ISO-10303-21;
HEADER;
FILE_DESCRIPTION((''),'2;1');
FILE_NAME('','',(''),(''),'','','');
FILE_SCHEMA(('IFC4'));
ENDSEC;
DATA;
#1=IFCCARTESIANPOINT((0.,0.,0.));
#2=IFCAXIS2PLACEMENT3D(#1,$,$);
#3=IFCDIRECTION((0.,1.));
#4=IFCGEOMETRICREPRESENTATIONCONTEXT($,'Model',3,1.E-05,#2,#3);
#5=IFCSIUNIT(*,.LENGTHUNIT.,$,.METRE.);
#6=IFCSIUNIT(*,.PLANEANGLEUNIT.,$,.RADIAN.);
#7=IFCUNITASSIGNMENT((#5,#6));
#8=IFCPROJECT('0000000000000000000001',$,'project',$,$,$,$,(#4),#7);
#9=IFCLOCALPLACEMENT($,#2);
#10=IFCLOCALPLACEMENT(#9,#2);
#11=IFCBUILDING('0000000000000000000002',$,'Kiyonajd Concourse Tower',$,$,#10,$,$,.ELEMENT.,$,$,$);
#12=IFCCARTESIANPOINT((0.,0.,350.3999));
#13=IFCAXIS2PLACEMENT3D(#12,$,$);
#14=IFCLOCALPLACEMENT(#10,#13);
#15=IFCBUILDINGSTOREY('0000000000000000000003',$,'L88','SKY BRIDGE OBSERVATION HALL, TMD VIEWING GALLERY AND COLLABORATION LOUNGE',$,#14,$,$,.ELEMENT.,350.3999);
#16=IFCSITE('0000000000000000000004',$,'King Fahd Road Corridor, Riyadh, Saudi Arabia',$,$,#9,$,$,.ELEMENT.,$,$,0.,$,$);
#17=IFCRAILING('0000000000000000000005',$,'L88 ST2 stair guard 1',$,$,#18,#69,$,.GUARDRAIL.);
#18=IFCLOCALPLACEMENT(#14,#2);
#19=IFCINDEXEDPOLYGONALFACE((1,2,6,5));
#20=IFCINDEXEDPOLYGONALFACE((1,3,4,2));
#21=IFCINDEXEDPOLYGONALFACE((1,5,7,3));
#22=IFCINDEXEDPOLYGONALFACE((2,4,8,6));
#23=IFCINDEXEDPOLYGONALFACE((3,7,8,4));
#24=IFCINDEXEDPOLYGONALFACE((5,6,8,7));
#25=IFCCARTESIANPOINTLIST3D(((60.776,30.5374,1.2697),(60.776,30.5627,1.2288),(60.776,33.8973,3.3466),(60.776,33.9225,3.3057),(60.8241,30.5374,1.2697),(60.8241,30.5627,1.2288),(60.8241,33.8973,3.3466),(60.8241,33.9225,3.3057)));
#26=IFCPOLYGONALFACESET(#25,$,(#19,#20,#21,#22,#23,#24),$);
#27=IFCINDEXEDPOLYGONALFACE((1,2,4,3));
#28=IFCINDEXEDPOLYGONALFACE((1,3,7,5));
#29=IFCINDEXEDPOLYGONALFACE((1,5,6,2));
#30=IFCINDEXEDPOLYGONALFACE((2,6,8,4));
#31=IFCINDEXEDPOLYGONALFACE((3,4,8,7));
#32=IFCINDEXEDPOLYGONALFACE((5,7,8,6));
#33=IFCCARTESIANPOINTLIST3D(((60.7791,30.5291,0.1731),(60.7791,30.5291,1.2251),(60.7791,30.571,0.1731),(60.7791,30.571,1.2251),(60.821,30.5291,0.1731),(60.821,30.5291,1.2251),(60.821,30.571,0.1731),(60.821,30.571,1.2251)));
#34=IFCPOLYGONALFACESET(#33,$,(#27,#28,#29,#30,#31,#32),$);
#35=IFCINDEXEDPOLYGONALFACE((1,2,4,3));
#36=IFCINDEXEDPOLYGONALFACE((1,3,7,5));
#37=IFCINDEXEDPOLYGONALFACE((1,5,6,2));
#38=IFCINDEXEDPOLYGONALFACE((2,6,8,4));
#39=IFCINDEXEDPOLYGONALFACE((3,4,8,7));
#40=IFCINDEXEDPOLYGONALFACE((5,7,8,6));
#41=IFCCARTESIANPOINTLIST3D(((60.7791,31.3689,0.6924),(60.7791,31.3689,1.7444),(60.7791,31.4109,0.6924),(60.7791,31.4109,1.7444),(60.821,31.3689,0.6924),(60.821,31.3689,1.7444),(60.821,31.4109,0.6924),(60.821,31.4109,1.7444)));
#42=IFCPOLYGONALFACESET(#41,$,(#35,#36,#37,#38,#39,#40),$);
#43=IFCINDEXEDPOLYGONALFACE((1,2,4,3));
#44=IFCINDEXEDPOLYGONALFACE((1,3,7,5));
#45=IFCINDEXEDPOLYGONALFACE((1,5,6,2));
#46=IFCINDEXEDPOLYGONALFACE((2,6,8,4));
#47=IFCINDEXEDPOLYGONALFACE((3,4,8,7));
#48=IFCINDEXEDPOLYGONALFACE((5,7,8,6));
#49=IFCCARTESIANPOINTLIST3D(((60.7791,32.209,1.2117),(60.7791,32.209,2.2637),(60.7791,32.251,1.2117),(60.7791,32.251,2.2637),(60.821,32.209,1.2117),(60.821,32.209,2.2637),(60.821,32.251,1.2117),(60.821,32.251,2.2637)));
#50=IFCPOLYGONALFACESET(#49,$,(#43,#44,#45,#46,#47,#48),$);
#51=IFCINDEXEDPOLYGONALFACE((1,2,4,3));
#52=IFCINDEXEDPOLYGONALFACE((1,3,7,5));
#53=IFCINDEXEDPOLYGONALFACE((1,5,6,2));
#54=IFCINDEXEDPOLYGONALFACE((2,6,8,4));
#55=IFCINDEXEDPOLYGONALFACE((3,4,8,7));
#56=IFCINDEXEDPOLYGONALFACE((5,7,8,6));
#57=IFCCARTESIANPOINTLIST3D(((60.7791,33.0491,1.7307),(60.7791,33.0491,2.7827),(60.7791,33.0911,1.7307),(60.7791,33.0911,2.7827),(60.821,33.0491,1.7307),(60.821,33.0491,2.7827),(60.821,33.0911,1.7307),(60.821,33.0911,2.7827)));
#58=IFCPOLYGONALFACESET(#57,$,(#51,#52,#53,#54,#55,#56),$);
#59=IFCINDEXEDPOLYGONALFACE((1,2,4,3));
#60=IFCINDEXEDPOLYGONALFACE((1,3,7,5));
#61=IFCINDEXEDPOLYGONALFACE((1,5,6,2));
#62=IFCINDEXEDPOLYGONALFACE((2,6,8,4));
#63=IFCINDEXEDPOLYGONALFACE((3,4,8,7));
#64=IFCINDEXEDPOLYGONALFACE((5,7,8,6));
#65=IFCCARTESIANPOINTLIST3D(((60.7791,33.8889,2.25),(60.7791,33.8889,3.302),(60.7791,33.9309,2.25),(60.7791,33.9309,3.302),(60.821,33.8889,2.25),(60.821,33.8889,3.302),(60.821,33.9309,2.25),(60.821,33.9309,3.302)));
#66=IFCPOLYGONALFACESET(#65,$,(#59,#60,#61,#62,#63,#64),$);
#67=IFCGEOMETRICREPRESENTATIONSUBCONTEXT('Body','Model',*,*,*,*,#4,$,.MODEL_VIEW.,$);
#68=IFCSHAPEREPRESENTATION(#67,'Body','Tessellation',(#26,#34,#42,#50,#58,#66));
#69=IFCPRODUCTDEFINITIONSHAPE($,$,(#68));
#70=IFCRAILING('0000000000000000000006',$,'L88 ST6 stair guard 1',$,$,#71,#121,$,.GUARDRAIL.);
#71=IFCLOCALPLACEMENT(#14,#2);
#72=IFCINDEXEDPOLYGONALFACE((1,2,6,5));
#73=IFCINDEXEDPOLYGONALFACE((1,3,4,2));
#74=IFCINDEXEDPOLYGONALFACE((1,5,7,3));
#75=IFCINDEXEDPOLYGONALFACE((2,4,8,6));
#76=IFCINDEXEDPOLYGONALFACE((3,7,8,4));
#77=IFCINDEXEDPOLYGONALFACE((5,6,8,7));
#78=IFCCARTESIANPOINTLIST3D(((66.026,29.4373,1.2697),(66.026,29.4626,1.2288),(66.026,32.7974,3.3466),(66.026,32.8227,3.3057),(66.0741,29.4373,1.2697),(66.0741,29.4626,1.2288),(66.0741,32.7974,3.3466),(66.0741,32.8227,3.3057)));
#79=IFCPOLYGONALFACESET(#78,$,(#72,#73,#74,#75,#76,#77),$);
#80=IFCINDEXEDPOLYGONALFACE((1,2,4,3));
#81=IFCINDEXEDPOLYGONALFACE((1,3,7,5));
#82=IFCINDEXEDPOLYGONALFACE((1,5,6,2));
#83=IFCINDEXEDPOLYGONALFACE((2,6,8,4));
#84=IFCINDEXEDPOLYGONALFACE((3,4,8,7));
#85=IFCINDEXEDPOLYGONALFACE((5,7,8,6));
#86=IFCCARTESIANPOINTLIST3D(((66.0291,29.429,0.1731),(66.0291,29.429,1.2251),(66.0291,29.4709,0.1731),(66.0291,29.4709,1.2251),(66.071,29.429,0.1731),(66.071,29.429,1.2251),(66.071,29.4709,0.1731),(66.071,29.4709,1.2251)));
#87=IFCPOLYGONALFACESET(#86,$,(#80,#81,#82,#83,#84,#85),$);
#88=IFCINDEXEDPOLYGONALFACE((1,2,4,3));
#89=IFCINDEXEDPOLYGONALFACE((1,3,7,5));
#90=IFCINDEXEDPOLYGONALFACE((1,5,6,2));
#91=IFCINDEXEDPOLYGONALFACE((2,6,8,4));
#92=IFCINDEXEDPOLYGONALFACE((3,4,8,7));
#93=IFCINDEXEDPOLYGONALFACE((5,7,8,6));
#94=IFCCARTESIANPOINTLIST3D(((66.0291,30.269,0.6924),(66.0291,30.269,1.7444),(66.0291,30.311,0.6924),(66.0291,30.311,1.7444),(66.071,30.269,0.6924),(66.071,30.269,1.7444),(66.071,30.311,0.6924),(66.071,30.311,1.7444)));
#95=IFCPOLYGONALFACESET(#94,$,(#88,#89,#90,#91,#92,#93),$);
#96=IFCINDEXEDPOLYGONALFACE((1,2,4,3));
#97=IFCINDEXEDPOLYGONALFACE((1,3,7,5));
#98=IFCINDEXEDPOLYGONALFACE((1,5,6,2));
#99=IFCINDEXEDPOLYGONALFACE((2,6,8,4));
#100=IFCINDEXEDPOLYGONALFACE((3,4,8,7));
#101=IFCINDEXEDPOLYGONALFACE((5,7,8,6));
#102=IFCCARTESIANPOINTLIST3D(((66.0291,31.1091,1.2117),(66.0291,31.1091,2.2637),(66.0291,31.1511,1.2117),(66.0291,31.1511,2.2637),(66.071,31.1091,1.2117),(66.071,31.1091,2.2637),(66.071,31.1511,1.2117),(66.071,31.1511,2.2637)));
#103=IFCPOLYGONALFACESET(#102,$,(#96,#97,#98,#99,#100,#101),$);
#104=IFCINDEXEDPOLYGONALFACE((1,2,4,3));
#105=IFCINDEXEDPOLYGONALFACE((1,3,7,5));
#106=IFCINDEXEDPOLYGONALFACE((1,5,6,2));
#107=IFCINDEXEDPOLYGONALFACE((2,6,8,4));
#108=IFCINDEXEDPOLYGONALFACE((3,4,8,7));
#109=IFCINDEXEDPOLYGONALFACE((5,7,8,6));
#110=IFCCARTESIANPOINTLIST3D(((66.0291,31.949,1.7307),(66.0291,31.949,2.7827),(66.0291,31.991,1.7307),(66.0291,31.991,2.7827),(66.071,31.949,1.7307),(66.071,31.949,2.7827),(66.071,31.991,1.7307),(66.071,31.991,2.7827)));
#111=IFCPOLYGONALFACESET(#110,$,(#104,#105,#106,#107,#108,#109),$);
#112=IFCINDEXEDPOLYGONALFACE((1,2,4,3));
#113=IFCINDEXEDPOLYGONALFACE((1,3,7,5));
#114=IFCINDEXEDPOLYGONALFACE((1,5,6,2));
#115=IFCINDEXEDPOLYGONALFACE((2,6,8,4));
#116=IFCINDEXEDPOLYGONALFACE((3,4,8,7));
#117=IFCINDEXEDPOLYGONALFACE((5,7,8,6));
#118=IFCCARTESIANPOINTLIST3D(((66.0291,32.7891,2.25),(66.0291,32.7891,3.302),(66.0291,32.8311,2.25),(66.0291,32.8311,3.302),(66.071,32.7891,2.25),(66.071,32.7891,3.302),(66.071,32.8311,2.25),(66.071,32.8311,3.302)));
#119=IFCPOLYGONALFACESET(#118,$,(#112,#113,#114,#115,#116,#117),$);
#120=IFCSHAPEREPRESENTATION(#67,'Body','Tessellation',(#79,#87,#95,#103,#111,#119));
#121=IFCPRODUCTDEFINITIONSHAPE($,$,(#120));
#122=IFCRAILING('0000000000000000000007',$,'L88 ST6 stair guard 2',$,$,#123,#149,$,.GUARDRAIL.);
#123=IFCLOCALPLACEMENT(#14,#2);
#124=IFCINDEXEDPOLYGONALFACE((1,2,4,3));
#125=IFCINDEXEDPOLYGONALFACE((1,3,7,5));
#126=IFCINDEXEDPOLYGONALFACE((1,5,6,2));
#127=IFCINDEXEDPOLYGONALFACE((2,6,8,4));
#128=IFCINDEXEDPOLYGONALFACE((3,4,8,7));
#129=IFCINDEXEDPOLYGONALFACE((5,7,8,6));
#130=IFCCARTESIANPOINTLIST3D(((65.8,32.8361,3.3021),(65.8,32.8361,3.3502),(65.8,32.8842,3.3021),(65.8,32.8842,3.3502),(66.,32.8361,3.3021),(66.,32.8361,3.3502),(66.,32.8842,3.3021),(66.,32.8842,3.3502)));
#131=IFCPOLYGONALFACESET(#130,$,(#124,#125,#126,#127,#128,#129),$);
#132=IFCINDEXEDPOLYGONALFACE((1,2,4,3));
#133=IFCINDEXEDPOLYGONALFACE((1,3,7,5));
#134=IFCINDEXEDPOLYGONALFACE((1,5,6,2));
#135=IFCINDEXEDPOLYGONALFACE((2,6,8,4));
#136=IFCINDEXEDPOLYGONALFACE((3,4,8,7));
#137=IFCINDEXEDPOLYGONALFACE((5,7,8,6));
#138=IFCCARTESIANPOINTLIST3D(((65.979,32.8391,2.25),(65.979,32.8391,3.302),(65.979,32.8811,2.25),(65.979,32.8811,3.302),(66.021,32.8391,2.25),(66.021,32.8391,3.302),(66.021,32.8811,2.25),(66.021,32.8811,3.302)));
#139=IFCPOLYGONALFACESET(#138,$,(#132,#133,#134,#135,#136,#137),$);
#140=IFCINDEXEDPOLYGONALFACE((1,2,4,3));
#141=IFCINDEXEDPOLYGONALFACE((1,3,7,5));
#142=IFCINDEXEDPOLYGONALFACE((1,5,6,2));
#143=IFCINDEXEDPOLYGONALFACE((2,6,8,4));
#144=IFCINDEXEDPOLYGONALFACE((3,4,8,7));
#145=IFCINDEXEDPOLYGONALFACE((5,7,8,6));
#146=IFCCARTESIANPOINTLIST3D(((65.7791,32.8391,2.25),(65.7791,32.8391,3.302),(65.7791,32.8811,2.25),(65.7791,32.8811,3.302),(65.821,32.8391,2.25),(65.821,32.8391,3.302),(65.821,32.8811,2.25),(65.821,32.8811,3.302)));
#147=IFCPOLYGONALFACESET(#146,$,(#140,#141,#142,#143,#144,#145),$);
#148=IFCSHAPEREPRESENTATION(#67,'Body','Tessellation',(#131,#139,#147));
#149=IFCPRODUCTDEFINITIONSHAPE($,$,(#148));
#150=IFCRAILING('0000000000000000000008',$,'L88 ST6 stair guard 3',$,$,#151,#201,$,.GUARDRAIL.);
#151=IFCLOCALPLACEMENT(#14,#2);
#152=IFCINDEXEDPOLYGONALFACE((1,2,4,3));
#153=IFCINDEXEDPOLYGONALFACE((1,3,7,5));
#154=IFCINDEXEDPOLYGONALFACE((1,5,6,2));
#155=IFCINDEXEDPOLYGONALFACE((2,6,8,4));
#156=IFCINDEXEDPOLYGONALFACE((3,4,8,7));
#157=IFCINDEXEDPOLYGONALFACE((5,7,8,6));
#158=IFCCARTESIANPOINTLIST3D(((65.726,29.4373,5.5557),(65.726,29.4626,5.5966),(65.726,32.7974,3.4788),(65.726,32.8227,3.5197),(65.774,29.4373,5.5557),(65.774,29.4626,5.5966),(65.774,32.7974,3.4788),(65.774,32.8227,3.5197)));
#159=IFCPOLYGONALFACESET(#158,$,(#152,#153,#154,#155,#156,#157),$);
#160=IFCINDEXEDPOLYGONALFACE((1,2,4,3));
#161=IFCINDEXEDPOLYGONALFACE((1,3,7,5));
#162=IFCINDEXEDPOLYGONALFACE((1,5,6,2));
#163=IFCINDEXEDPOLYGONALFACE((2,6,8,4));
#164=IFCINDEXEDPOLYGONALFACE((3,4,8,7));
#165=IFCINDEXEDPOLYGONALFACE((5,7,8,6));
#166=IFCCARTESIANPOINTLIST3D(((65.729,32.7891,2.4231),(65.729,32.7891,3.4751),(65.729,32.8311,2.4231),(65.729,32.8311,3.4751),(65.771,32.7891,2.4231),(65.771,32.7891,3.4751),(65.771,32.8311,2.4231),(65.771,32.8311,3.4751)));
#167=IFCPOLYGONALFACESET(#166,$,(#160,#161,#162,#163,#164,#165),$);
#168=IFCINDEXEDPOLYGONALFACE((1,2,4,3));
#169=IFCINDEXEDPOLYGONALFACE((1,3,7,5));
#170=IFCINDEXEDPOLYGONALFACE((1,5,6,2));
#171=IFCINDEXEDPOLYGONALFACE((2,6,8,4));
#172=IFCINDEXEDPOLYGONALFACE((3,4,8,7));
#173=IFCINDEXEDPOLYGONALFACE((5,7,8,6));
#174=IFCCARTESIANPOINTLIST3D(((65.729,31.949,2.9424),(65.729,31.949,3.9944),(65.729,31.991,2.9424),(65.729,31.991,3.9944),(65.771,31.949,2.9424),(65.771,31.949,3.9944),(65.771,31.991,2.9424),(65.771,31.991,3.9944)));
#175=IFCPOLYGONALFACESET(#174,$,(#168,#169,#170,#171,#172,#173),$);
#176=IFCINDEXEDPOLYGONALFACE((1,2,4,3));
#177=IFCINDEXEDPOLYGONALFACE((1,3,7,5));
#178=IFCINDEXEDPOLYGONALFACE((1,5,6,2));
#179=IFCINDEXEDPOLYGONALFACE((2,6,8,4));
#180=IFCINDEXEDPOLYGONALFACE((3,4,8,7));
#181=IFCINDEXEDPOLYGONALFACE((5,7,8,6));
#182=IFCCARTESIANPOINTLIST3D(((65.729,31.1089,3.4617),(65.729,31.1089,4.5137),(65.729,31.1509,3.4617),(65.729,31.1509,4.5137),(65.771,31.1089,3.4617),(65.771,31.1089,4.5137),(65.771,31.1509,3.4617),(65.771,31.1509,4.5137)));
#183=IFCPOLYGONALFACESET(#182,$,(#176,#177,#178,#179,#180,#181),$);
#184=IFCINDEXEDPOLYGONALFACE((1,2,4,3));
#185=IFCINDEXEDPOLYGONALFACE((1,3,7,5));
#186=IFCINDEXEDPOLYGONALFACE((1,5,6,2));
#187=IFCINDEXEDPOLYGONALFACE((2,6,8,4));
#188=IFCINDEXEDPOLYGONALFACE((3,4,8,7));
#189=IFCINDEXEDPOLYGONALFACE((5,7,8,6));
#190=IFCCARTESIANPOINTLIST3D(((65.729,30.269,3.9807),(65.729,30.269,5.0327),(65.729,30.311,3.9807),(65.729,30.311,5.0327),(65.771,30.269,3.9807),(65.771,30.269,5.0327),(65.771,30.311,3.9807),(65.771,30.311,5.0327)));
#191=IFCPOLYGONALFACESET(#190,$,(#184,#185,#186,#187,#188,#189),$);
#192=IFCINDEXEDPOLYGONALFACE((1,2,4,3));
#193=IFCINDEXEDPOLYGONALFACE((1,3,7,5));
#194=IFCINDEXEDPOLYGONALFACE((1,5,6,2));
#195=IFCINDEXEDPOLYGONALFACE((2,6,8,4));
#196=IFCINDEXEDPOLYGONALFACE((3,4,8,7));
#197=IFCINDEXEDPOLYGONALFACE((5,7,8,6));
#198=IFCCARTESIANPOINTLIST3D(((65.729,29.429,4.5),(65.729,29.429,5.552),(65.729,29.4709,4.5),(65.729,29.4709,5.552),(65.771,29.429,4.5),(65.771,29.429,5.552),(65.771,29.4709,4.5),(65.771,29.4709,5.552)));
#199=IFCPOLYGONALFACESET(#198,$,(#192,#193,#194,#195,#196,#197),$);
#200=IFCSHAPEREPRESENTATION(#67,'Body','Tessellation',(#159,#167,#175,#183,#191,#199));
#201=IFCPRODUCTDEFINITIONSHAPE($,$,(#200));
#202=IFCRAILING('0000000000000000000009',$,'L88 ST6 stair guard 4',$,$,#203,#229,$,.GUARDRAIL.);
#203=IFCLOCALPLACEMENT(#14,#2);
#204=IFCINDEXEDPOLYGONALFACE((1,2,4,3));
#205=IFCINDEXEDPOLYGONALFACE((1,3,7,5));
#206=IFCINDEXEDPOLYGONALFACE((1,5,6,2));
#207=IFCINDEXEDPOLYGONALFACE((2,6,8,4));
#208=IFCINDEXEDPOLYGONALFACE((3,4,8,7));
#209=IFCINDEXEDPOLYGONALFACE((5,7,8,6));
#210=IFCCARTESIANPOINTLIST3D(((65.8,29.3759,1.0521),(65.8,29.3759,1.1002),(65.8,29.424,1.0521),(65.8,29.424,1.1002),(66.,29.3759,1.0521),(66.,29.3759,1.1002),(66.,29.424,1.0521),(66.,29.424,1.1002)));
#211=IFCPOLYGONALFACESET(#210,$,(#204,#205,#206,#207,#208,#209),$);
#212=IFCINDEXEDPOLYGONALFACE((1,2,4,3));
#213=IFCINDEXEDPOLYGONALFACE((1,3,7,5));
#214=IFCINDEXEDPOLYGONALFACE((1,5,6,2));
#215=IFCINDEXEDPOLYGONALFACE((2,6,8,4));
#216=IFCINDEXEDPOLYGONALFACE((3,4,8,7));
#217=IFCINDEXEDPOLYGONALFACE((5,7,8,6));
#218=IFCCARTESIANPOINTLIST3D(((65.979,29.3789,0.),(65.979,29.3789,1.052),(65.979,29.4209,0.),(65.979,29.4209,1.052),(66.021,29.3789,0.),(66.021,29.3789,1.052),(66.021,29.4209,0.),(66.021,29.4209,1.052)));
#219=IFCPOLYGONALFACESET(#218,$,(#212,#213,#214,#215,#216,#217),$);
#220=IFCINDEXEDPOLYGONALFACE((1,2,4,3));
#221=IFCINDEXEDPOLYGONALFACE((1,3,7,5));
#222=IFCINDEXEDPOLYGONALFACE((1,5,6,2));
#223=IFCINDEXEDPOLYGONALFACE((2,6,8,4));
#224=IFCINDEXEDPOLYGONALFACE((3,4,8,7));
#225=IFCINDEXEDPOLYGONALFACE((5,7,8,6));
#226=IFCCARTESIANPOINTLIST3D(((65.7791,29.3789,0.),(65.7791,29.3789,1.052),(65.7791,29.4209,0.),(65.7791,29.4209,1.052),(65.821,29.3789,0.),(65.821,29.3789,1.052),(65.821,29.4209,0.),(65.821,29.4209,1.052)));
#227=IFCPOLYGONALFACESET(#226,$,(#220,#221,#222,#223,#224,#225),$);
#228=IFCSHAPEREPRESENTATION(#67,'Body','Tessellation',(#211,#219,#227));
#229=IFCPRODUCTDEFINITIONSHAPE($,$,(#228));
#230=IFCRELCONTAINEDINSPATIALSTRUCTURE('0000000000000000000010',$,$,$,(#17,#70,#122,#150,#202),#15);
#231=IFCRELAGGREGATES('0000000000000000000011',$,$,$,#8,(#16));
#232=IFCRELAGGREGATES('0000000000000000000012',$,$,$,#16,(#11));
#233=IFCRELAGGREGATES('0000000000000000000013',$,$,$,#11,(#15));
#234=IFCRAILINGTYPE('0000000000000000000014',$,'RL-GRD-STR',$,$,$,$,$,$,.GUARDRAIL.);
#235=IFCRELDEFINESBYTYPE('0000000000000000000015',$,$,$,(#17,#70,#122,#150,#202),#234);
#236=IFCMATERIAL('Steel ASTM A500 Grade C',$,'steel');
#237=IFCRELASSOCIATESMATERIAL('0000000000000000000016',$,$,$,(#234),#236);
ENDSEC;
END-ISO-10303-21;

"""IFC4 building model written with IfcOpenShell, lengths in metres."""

from ifc_helpers import new_model, si_unit, direction, frame, origin, origin_2d, place, context, subcontext, project, spatial, rectangle, extrude, material, type_object, element, save


model = new_model("IFC4")

# Units and contexts
model_context = context("Model", 3, precision=1e-05, world=origin(), true_north=direction((0.0, 1.0)))
body_context = subcontext(model_context, "Body", "Model", "MODEL_VIEW")
ifc_project = project(units=[si_unit("LENGTHUNIT", "METRE"), si_unit("PLANEANGLEUNIT", "RADIAN")], contexts=[model_context])

# Site, building, storey
site_placement = place(None, origin())
site = spatial("IfcSite", under=ifc_project, at=site_placement, Name="King Fahd Road Corridor, Riyadh, Saudi Arabia", CompositionType="ELEMENT", RefElevation=0.0)
building_placement = place(site_placement, origin())
building = spatial("IfcBuilding", under=site, at=building_placement, Name="Kiyonajd Concourse Tower", CompositionType="ELEMENT")
storey_placement = place(building_placement, frame((0.0, 0.0, 350.3999)))
storey = spatial("IfcBuildingStorey", under=building, at=storey_placement, Name="L88", Description="SKY BRIDGE OBSERVATION HALL, TMD VIEWING GALLERY AND COLLABORATION LOUNGE", CompositionType="ELEMENT", Elevation=350.3999)

# Railings
ifc_material_1 = material(Name="Steel ASTM A500 Grade C", Category="steel")
railing_type_1 = type_object("IfcRailingType", Name="RL-GRD-STR", PredefinedType="GUARDRAIL", material=ifc_material_1)
railing_1_placement = place(storey_placement, frame((60.8, 30.55, 0.1731)))
element("IfcRailing", 1, at=railing_1_placement, inside=storey, type_object=railing_type_1, Name="L88 ST2 stair guard 1", PredefinedType="GUARDRAIL", context=body_context, shape_type="SweptSolid", body=[
    extrude(rectangle(XDim=0.0481, YDim=0.0481, at=origin_2d()), frame((0.0, 0.0, 1.0762), z_axis=(0.0, 0.850606, 0.525803), x_axis=(-1.0, 0.0, 0.0)), (0.0, 0.0, 1.0), 3.95),
    extrude(rectangle(XDim=0.042, YDim=0.042, at=origin_2d()), origin(), (0.0, 0.0, 1.0), 1.052),
    extrude(rectangle(XDim=0.042, YDim=0.042, at=origin_2d()), frame((0.0, 0.8398, 0.5193)), (0.0, 0.0, 1.0), 1.052),
    extrude(rectangle(XDim=0.042, YDim=0.042, at=origin_2d()), frame((0.0, 1.6799, 1.0386)), (0.0, 0.0, 1.0), 1.052),
    extrude(rectangle(XDim=0.042, YDim=0.042, at=origin_2d()), frame((0.0, 2.52, 1.5576)), (0.0, 0.0, 1.0), 1.052),
    extrude(rectangle(XDim=0.042, YDim=0.042, at=origin_2d()), frame((0.0, 3.3599, 2.0769)), (0.0, 0.0, 1.0), 1.052),
])
railing_2_placement = place(storey_placement, frame((66.05, 29.45, 0.1731)))
element("IfcRailing", 2, at=railing_2_placement, inside=storey, type_object=railing_type_1, Name="L88 ST6 stair guard 1", PredefinedType="GUARDRAIL", context=body_context, shape_type="SweptSolid", body=[
    extrude(rectangle(XDim=0.0481, YDim=0.0481, at=origin_2d()), frame((0.0, 0.0, 1.0762), z_axis=(0.0, 0.850623, 0.525776), x_axis=(-1.0, 0.0, 0.0)), (0.0, 0.0, 1.0), 3.9502),
    extrude(rectangle(XDim=0.042, YDim=0.042, at=origin_2d()), origin(), (0.0, 0.0, 1.0), 1.052),
    extrude(rectangle(XDim=0.042, YDim=0.042, at=origin_2d()), frame((0.0, 0.8401, 0.5193)), (0.0, 0.0, 1.0), 1.052),
    extrude(rectangle(XDim=0.042, YDim=0.042, at=origin_2d()), frame((0.0, 1.6802, 1.0386)), (0.0, 0.0, 1.0), 1.052),
    extrude(rectangle(XDim=0.042, YDim=0.042, at=origin_2d()), frame((0.0, 2.52, 1.5576)), (0.0, 0.0, 1.0), 1.052),
    extrude(rectangle(XDim=0.042, YDim=0.042, at=origin_2d()), frame((0.0, 3.3601, 2.0769)), (0.0, 0.0, 1.0), 1.052),
])
railing_3_placement = place(storey_placement, frame((66.0, 32.8601, 2.25)))
element("IfcRailing", 3, at=railing_3_placement, inside=storey, type_object=railing_type_1, Name="L88 ST6 stair guard 2", PredefinedType="GUARDRAIL", context=body_context, shape_type="SweptSolid", body=[
    extrude(rectangle(XDim=0.0481, YDim=0.0481, at=origin_2d()), frame((0.0, 0.0, 1.0762), z_axis=(-1.0, 0.0, 0.0), x_axis=(0.0, -1.0, 0.0)), (0.0, 0.0, 1.0), 0.2),
    extrude(rectangle(XDim=0.042, YDim=0.042, at=origin_2d()), origin(), (0.0, 0.0, 1.0), 1.052),
    extrude(rectangle(XDim=0.042, YDim=0.042, at=origin_2d()), frame((-0.2, 0.0, 0.0)), (0.0, 0.0, 1.0), 1.052),
])
railing_4_placement = place(storey_placement, frame((65.75, 32.8101, 2.4231)))
element("IfcRailing", 4, at=railing_4_placement, inside=storey, type_object=railing_type_1, Name="L88 ST6 stair guard 3", PredefinedType="GUARDRAIL", context=body_context, shape_type="SweptSolid", body=[
    extrude(rectangle(XDim=0.0481, YDim=0.0481, at=origin_2d()), frame((0.0, 0.0, 1.0762), z_axis=(0.0, -0.850623, 0.525776), x_axis=(1.0, 0.0, 0.0)), (0.0, 0.0, 1.0), 3.9502),
    extrude(rectangle(XDim=0.042, YDim=0.042, at=origin_2d()), origin(), (0.0, 0.0, 1.0), 1.052),
    extrude(rectangle(XDim=0.042, YDim=0.042, at=origin_2d()), frame((0.0, -0.8401, 0.5193)), (0.0, 0.0, 1.0), 1.052),
    extrude(rectangle(XDim=0.042, YDim=0.042, at=origin_2d()), frame((0.0, -1.6802, 1.0386)), (0.0, 0.0, 1.0), 1.052),
    extrude(rectangle(XDim=0.042, YDim=0.042, at=origin_2d()), frame((0.0, -2.52, 1.5576)), (0.0, 0.0, 1.0), 1.052),
    extrude(rectangle(XDim=0.042, YDim=0.042, at=origin_2d()), frame((0.0, -3.3601, 2.0769)), (0.0, 0.0, 1.0), 1.052),
])
railing_5_placement = place(storey_placement, frame((66.0, 29.3999, 0.0)))
element("IfcRailing", 5, at=railing_5_placement, inside=storey, type_object=railing_type_1, Name="L88 ST6 stair guard 4", PredefinedType="GUARDRAIL", context=body_context, shape_type="SweptSolid", body=[
    extrude(rectangle(XDim=0.0481, YDim=0.0481, at=origin_2d()), frame((0.0, 0.0, 1.0762), z_axis=(-1.0, 0.0, 0.0), x_axis=(0.0, -1.0, 0.0)), (0.0, 0.0, 1.0), 0.2),
    extrude(rectangle(XDim=0.042, YDim=0.042, at=origin_2d()), origin(), (0.0, 0.0, 1.0), 1.052),
    extrude(rectangle(XDim=0.042, YDim=0.042, at=origin_2d()), frame((-0.2, 0.0, 0.0)), (0.0, 0.0, 1.0), 1.052),
])

save(model, "model.ifc")
